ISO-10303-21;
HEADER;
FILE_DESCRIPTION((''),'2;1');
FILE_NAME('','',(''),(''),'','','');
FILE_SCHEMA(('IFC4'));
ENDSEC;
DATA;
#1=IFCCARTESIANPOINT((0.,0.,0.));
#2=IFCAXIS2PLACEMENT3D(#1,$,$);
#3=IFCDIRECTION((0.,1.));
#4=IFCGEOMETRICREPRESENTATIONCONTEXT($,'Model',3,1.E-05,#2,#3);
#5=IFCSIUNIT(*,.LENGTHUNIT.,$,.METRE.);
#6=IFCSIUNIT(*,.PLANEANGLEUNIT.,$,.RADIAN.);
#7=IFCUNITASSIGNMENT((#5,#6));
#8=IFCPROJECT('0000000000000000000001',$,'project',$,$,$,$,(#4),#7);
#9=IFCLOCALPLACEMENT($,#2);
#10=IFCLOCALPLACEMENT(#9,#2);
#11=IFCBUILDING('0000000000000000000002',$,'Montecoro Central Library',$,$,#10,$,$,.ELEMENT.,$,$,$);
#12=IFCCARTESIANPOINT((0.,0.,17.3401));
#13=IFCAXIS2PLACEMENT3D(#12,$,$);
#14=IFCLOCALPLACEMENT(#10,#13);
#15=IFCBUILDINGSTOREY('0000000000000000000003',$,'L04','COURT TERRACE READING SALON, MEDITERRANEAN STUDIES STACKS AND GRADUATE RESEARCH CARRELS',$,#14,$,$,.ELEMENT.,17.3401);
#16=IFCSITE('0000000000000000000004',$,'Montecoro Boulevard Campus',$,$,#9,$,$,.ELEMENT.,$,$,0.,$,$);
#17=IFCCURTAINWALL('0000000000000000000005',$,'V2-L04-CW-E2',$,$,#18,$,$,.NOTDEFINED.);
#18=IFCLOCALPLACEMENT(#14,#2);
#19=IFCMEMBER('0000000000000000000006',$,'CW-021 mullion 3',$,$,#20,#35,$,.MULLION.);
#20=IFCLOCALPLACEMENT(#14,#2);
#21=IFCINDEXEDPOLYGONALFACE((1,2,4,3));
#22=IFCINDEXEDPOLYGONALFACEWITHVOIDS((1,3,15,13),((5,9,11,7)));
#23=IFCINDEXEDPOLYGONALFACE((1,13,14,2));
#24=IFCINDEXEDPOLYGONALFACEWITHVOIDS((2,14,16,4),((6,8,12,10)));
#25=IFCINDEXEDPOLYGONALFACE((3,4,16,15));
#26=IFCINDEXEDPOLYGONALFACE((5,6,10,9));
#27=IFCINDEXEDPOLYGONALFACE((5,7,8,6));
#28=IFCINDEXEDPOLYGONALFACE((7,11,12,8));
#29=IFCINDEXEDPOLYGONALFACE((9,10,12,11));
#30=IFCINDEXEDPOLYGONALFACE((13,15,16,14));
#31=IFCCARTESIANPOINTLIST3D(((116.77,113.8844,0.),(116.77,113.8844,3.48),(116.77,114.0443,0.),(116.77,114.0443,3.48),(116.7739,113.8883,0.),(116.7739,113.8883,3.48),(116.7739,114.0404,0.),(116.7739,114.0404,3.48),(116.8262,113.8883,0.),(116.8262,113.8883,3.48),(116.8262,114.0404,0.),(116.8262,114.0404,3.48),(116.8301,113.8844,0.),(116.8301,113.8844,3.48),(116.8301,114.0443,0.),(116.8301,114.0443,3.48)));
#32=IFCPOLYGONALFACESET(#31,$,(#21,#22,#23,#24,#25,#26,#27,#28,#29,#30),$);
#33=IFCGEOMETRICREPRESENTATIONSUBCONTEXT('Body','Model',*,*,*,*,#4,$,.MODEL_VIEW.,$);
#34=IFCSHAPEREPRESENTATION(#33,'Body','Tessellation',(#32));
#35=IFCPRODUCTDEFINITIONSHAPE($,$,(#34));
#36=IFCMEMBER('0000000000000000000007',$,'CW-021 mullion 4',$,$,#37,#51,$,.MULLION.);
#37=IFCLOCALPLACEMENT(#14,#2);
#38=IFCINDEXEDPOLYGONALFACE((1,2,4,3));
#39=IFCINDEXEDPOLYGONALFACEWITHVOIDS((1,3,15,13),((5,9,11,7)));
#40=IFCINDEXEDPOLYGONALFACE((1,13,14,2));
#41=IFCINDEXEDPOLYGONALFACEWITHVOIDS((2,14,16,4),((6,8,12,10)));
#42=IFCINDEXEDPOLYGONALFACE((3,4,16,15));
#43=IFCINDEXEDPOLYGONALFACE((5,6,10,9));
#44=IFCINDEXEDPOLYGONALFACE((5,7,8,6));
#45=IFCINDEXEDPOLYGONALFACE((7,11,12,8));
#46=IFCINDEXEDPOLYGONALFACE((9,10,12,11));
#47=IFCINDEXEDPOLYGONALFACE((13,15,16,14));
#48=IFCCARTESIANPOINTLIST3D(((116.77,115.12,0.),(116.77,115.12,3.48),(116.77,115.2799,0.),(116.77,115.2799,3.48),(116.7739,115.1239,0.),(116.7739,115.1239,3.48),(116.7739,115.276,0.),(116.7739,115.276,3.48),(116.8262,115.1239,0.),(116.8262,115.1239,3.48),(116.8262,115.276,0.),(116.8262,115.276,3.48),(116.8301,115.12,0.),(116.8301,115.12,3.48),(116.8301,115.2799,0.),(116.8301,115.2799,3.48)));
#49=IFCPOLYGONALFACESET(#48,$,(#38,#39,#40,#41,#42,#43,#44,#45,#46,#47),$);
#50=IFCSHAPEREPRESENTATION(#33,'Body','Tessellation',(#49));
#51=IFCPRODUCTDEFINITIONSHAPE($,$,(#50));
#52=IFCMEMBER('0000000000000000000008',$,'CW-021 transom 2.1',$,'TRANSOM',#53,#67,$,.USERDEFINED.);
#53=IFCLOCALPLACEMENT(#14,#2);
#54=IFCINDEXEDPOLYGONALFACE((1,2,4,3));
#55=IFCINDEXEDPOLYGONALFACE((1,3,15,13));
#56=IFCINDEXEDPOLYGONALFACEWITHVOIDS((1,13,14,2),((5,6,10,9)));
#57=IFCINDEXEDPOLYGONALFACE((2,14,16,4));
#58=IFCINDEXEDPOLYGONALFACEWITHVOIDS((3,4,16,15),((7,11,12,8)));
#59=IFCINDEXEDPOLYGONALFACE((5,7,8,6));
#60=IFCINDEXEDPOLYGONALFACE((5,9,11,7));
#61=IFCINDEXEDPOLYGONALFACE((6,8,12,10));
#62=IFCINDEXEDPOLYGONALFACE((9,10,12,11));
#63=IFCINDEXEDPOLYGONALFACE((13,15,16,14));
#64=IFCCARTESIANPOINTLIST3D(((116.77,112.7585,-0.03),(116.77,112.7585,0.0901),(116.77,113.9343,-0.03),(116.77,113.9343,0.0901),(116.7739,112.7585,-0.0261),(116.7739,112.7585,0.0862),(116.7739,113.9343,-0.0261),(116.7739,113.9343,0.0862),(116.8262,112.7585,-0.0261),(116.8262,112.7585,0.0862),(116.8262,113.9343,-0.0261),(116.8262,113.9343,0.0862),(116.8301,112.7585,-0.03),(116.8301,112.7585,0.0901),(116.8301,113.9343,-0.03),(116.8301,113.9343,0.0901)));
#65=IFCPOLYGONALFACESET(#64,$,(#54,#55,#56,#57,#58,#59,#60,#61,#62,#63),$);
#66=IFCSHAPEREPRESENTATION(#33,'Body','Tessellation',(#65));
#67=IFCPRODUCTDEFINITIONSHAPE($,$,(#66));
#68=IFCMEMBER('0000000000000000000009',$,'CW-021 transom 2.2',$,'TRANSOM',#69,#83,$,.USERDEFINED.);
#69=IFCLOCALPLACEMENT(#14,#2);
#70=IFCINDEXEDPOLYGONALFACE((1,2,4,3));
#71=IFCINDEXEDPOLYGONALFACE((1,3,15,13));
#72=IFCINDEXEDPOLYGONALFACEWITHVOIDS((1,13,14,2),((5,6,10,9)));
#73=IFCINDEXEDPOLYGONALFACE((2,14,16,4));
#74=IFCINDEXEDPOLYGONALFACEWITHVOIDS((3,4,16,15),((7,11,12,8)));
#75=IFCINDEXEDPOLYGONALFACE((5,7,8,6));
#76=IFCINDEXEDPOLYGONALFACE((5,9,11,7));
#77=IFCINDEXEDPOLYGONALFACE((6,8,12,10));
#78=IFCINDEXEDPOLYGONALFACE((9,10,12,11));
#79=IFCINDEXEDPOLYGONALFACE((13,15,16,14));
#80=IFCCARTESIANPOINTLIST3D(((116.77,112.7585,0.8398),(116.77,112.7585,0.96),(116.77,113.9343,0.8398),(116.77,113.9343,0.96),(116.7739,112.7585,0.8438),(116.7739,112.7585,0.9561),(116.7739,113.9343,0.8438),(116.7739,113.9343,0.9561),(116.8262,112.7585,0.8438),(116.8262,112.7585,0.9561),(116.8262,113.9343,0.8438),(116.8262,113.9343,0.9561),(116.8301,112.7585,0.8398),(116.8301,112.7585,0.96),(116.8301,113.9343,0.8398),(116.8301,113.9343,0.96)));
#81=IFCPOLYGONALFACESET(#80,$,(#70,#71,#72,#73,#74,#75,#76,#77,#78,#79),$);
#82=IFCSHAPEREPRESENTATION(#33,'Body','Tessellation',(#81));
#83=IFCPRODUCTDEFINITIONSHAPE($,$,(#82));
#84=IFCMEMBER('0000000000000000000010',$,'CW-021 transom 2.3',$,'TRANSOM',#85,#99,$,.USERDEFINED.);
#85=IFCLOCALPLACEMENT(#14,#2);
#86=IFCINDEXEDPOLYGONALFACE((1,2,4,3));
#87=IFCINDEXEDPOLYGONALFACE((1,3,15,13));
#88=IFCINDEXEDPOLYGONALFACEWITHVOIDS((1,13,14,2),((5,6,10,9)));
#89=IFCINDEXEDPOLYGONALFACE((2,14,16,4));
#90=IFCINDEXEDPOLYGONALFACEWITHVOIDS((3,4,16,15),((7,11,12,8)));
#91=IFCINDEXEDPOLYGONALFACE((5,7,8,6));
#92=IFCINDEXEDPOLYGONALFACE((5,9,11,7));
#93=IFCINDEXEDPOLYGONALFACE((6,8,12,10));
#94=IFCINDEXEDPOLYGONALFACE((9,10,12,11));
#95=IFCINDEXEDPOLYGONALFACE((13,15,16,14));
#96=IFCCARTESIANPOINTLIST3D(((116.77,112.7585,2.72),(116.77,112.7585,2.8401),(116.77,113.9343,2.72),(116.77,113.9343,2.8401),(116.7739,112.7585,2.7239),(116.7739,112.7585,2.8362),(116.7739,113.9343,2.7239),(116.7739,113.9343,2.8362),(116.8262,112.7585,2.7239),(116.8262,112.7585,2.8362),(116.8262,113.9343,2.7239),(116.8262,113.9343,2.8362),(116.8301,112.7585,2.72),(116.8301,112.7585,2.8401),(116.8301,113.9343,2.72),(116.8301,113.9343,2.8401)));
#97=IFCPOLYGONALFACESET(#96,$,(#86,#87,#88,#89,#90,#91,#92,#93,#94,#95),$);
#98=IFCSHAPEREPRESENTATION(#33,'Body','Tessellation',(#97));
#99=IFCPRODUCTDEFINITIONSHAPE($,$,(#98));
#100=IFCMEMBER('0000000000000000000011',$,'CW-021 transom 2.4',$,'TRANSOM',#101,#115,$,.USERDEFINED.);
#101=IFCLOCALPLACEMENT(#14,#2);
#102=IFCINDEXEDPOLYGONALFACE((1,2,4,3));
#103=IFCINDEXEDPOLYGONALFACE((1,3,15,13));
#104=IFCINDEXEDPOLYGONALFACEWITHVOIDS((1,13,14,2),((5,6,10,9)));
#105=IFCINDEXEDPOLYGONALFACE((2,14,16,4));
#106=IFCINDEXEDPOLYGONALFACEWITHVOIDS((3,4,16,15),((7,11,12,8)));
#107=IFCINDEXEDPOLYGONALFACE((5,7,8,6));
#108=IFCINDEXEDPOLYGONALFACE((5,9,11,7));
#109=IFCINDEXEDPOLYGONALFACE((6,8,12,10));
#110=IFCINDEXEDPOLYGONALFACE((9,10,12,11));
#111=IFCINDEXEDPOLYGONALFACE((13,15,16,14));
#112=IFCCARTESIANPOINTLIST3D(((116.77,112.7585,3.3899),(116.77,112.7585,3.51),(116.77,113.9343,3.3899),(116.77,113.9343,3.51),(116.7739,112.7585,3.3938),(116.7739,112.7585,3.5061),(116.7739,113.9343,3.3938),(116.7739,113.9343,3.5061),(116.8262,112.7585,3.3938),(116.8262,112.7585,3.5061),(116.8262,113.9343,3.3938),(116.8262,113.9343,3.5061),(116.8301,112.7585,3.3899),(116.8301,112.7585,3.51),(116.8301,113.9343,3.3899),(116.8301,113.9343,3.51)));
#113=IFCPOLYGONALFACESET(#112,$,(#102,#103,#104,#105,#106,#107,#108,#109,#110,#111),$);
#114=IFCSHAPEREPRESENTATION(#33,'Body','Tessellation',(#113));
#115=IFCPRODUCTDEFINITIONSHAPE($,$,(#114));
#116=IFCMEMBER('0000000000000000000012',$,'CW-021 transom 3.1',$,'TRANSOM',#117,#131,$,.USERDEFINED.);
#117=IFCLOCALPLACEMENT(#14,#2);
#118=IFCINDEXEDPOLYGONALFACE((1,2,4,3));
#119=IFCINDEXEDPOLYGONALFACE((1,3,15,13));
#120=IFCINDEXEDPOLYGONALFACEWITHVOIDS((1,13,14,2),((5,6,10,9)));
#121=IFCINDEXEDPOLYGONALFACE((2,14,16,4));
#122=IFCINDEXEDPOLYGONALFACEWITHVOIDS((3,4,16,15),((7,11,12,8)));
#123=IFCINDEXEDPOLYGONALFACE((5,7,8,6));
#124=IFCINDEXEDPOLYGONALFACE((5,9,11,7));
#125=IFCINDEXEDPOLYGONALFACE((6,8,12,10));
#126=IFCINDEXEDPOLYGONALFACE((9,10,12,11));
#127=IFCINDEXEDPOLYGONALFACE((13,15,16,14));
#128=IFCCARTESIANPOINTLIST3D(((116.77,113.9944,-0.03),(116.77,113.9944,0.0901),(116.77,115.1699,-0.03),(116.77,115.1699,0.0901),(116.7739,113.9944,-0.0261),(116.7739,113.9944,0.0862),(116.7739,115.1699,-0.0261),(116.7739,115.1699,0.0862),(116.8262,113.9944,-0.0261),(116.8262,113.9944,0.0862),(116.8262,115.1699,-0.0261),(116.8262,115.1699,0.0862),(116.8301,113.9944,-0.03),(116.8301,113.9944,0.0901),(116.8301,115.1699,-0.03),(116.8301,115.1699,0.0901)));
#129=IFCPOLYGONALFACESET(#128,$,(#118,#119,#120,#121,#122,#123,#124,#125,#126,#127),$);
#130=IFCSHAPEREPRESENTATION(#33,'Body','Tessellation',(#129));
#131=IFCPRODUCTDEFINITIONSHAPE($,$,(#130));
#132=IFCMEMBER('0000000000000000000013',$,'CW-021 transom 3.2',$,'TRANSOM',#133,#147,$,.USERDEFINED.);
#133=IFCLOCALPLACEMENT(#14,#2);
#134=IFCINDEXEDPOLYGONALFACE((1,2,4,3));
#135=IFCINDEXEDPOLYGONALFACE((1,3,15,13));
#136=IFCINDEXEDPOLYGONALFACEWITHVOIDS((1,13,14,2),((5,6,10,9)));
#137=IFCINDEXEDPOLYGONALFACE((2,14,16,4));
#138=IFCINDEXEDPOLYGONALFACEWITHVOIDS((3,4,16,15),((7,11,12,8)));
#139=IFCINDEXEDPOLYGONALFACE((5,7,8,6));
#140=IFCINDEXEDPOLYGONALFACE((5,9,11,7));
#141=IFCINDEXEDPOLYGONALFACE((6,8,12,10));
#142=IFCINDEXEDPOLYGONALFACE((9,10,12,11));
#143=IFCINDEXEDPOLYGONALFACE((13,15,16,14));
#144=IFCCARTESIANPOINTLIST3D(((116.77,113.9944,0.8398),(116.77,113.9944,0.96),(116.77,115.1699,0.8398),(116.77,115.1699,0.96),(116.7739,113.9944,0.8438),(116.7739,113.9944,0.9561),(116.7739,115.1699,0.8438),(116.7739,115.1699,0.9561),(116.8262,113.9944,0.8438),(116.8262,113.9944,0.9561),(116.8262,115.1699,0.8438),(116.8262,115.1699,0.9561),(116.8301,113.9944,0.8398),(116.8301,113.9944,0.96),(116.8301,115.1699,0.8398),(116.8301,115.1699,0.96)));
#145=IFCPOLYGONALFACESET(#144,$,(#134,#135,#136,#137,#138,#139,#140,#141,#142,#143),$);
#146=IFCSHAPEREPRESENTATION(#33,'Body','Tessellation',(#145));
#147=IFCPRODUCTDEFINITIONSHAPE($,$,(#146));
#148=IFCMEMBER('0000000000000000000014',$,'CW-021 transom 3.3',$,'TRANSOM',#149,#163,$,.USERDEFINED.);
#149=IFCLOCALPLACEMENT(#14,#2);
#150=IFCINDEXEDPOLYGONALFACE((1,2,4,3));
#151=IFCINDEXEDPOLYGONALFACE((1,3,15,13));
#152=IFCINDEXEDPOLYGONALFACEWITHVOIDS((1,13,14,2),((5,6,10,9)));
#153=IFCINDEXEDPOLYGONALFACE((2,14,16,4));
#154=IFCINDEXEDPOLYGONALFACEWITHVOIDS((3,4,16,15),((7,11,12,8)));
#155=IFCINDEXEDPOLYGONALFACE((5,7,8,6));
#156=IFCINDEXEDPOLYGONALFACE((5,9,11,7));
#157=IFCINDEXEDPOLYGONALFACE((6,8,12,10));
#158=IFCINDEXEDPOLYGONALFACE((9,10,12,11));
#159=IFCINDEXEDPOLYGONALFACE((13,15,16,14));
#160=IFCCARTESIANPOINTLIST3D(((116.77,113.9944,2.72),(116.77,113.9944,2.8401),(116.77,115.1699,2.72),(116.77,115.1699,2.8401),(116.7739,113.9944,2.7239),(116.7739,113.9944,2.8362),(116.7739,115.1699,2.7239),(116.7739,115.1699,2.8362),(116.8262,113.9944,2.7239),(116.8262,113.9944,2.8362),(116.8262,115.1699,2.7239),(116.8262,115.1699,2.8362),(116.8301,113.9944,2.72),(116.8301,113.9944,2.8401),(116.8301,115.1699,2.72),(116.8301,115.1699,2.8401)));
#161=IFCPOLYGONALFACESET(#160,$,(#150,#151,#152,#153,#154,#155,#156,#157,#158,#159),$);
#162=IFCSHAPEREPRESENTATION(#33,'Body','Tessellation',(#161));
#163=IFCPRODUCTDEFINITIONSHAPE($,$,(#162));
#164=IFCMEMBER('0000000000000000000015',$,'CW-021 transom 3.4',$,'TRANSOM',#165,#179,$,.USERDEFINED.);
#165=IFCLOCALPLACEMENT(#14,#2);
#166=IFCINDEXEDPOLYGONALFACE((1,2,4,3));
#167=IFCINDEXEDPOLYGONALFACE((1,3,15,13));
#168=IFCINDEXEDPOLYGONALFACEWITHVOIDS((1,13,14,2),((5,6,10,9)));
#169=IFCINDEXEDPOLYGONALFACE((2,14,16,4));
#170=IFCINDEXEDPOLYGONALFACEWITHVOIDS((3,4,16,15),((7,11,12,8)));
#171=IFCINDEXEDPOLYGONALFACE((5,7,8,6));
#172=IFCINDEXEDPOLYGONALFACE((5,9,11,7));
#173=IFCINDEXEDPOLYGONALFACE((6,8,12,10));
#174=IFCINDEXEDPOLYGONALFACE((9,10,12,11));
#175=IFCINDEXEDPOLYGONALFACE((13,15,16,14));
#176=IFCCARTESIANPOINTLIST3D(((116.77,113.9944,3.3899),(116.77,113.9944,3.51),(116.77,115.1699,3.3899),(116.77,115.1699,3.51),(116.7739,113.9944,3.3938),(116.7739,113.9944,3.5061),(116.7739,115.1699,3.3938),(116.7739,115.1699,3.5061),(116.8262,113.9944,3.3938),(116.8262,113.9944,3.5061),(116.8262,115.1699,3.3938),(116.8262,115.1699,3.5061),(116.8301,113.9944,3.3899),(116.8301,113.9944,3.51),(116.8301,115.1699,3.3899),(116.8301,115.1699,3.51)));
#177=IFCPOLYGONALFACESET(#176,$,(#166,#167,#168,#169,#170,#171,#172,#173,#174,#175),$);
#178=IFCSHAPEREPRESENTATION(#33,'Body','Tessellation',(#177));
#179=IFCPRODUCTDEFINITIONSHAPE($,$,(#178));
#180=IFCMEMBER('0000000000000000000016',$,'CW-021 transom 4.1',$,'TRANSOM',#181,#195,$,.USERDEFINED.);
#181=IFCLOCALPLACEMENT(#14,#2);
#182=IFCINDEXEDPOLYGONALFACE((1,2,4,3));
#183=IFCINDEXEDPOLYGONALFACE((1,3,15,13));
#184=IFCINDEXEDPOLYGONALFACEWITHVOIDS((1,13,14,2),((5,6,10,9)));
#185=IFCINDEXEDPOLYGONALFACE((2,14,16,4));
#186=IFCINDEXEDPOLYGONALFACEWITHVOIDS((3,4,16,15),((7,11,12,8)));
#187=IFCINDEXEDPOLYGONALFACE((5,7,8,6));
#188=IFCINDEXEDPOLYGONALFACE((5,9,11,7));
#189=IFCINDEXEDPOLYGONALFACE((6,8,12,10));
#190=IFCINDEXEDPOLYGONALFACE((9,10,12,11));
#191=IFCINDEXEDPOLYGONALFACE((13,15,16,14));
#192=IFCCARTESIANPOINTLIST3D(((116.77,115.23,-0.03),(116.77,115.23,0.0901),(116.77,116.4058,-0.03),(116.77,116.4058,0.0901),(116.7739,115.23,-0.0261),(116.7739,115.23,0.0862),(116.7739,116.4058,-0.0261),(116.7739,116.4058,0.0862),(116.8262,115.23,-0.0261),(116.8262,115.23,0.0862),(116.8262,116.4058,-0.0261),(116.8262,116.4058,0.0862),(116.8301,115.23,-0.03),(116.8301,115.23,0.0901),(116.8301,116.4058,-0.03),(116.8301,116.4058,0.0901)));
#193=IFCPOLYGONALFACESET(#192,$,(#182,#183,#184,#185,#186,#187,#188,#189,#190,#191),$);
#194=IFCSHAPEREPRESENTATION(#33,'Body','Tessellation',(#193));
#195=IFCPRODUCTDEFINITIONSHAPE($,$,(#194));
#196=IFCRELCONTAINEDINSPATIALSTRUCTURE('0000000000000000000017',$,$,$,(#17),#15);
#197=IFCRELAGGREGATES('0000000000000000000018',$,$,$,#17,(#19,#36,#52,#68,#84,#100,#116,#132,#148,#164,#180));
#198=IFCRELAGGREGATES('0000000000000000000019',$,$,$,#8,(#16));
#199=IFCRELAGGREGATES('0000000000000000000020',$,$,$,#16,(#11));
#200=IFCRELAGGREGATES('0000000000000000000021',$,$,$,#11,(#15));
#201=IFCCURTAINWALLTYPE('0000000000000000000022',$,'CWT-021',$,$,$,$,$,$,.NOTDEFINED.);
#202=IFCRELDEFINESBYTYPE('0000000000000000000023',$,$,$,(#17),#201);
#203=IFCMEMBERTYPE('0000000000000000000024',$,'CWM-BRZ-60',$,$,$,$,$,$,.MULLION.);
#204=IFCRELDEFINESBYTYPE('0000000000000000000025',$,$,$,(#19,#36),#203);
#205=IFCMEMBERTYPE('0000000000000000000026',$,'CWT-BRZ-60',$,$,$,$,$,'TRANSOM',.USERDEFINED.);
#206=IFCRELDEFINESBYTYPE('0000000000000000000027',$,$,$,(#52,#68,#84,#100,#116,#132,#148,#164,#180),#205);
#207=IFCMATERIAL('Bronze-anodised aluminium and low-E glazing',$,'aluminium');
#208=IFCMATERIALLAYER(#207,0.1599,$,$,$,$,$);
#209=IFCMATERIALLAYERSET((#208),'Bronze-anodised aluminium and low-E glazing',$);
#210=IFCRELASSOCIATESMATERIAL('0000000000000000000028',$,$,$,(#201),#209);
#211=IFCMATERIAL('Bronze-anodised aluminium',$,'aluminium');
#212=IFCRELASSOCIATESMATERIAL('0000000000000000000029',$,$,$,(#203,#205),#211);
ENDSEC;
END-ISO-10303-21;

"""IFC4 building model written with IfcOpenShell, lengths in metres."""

from ifc_helpers import new_model, si_unit, direction, frame, origin, origin_2d, place, context, subcontext, project, spatial, hollow_rectangle, extrude, material, layer, layer_set, material_profile, profile_set, type_object, element, aggregate, save


model = new_model("IFC4")

# Units and contexts
model_context = context("Model", 3, precision=1e-05, world=origin(), true_north=direction((0.0, 1.0)))
body_context = subcontext(model_context, "Body", "Model", "MODEL_VIEW")
ifc_project = project(units=[si_unit("LENGTHUNIT", "METRE"), si_unit("PLANEANGLEUNIT", "RADIAN")], contexts=[model_context])

# Site, building, storey
site_placement = place(None, origin())
site = spatial("IfcSite", under=ifc_project, at=site_placement, Name="Montecoro Boulevard Campus", CompositionType="ELEMENT", RefElevation=0.0)
building_placement = place(site_placement, origin())
building = spatial("IfcBuilding", under=site, at=building_placement, Name="Montecoro Central Library", CompositionType="ELEMENT")
storey_placement = place(building_placement, frame((0.0, 0.0, 17.3401)))
storey = spatial("IfcBuildingStorey", under=building, at=storey_placement, Name="L04", Description="COURT TERRACE READING SALON, MEDITERRANEAN STUDIES STACKS AND GRADUATE RESEARCH CARRELS", CompositionType="ELEMENT", Elevation=17.3401)

# Curtain wall, members
ifc_material_1 = material(Name="Bronze-anodised aluminium and low-E glazing", Category="aluminium")
ifc_layer_1 = layer(ifc_material_1, 0.1599)
ifc_layer_set_1 = layer_set([ifc_layer_1], Name="Bronze-anodised aluminium and low-E glazing")
curtain_wall_type = type_object("IfcCurtainWallType", Name="CWT-021", PredefinedType="NOTDEFINED", material=ifc_layer_set_1)
curtain_wall_placement = place(storey_placement, origin())
curtain_wall = element("IfcCurtainWall", 1, at=curtain_wall_placement, inside=storey, type_object=curtain_wall_type, Name="V2-L04-CW-E2", PredefinedType="NOTDEFINED")
ifc_material_2 = material(Name="Bronze-anodised aluminium", Category="aluminium")
ifc_material_profile_1 = material_profile(ifc_material_2, hollow_rectangle(XDim=0.0601, YDim=0.1599, WallThickness=0.0039, at=origin_2d()), Name="CWM 160x60x4.0")
ifc_profile_set_1 = profile_set([ifc_material_profile_1], Name="Bronze-anodised aluminium")
member_type_1 = type_object("IfcMemberType", Name="CWM-BRZ-60", PredefinedType="MULLION", material=ifc_profile_set_1)
member_1_placement = place(storey_placement, frame((116.8, 113.9644, 0.0), z_axis=(0.0, 0.0, 1.0), x_axis=(-1.0, 0.0, 0.0)))
member_1 = element("IfcMember", 2, at=member_1_placement, type_object=member_type_1, Name="CW-021 mullion 3", PredefinedType="MULLION", context=body_context, shape_type="SweptSolid", body=[
    extrude(hollow_rectangle(XDim=0.0601, YDim=0.1599, WallThickness=0.0039, at=origin_2d()), origin(), (0.0, 0.0, 1.0), 3.48),
])
member_2_placement = place(storey_placement, frame((116.8, 115.2, 0.0), z_axis=(0.0, 0.0, 1.0), x_axis=(-1.0, 0.0, 0.0)))
member_2 = element("IfcMember", 3, at=member_2_placement, type_object=member_type_1, Name="CW-021 mullion 4", PredefinedType="MULLION", context=body_context, shape_type="SweptSolid", body=[
    extrude(hollow_rectangle(XDim=0.0601, YDim=0.1599, WallThickness=0.0039, at=origin_2d()), origin(), (0.0, 0.0, 1.0), 3.48),
])
ifc_material_profile_2 = material_profile(ifc_material_2, hollow_rectangle(XDim=0.0601, YDim=0.1201, WallThickness=0.0039, at=origin_2d()), Name="CWT 120x60x4.0")
ifc_profile_set_2 = profile_set([ifc_material_profile_2], Name="Bronze-anodised aluminium")
member_type_2 = type_object("IfcMemberType", Name="CWT-BRZ-60", ElementType="TRANSOM", PredefinedType="USERDEFINED", material=ifc_profile_set_2)
member_3_placement = place(storey_placement, frame((116.8, 112.7585, 0.03), z_axis=(0.0, 1.0, 0.0), x_axis=(-1.0, 0.0, 0.0)))
member_3 = element("IfcMember", 4, at=member_3_placement, type_object=member_type_2, Name="CW-021 transom 2.1", ObjectType="TRANSOM", PredefinedType="USERDEFINED", context=body_context, shape_type="SweptSolid", body=[
    extrude(hollow_rectangle(XDim=0.0601, YDim=0.1201, WallThickness=0.0039, at=origin_2d()), origin(), (0.0, 0.0, 1.0), 1.1758),
])
member_4_placement = place(storey_placement, frame((116.8, 112.7585, 0.8999), z_axis=(0.0, 1.0, 0.0), x_axis=(-1.0, 0.0, 0.0)))
member_4 = element("IfcMember", 5, at=member_4_placement, type_object=member_type_2, Name="CW-021 transom 2.2", ObjectType="TRANSOM", PredefinedType="USERDEFINED", context=body_context, shape_type="SweptSolid", body=[
    extrude(hollow_rectangle(XDim=0.0601, YDim=0.1201, WallThickness=0.0039, at=origin_2d()), origin(), (0.0, 0.0, 1.0), 1.1758),
])
member_5_placement = place(storey_placement, frame((116.8, 112.7585, 2.78), z_axis=(0.0, 1.0, 0.0), x_axis=(-1.0, 0.0, 0.0)))
member_5 = element("IfcMember", 6, at=member_5_placement, type_object=member_type_2, Name="CW-021 transom 2.3", ObjectType="TRANSOM", PredefinedType="USERDEFINED", context=body_context, shape_type="SweptSolid", body=[
    extrude(hollow_rectangle(XDim=0.0601, YDim=0.1201, WallThickness=0.0039, at=origin_2d()), origin(), (0.0, 0.0, 1.0), 1.1758),
])
member_6_placement = place(storey_placement, frame((116.8, 112.7585, 3.45), z_axis=(0.0, 1.0, 0.0), x_axis=(-1.0, 0.0, 0.0)))
member_6 = element("IfcMember", 7, at=member_6_placement, type_object=member_type_2, Name="CW-021 transom 2.4", ObjectType="TRANSOM", PredefinedType="USERDEFINED", context=body_context, shape_type="SweptSolid", body=[
    extrude(hollow_rectangle(XDim=0.0601, YDim=0.1201, WallThickness=0.0039, at=origin_2d()), origin(), (0.0, 0.0, 1.0), 1.1758),
])
member_7_placement = place(storey_placement, frame((116.8, 113.9944, 0.03), z_axis=(0.0, 1.0, 0.0), x_axis=(-1.0, 0.0, 0.0)))
member_7 = element("IfcMember", 8, at=member_7_placement, type_object=member_type_2, Name="CW-021 transom 3.1", ObjectType="TRANSOM", PredefinedType="USERDEFINED", context=body_context, shape_type="SweptSolid", body=[
    extrude(hollow_rectangle(XDim=0.0601, YDim=0.1201, WallThickness=0.0039, at=origin_2d()), origin(), (0.0, 0.0, 1.0), 1.1755),
])
member_8_placement = place(storey_placement, frame((116.8, 113.9944, 0.8999), z_axis=(0.0, 1.0, 0.0), x_axis=(-1.0, 0.0, 0.0)))
member_8 = element("IfcMember", 9, at=member_8_placement, type_object=member_type_2, Name="CW-021 transom 3.2", ObjectType="TRANSOM", PredefinedType="USERDEFINED", context=body_context, shape_type="SweptSolid", body=[
    extrude(hollow_rectangle(XDim=0.0601, YDim=0.1201, WallThickness=0.0039, at=origin_2d()), origin(), (0.0, 0.0, 1.0), 1.1755),
])
member_9_placement = place(storey_placement, frame((116.8, 113.9944, 2.78), z_axis=(0.0, 1.0, 0.0), x_axis=(-1.0, 0.0, 0.0)))
member_9 = element("IfcMember", 10, at=member_9_placement, type_object=member_type_2, Name="CW-021 transom 3.3", ObjectType="TRANSOM", PredefinedType="USERDEFINED", context=body_context, shape_type="SweptSolid", body=[
    extrude(hollow_rectangle(XDim=0.0601, YDim=0.1201, WallThickness=0.0039, at=origin_2d()), origin(), (0.0, 0.0, 1.0), 1.1755),
])
member_10_placement = place(storey_placement, frame((116.8, 113.9944, 3.45), z_axis=(0.0, 1.0, 0.0), x_axis=(-1.0, 0.0, 0.0)))
member_10 = element("IfcMember", 11, at=member_10_placement, type_object=member_type_2, Name="CW-021 transom 3.4", ObjectType="TRANSOM", PredefinedType="USERDEFINED", context=body_context, shape_type="SweptSolid", body=[
    extrude(hollow_rectangle(XDim=0.0601, YDim=0.1201, WallThickness=0.0039, at=origin_2d()), origin(), (0.0, 0.0, 1.0), 1.1755),
])
member_11_placement = place(storey_placement, frame((116.8, 115.23, 0.03), z_axis=(0.0, 1.0, 0.0), x_axis=(-1.0, 0.0, 0.0)))
member_11 = element("IfcMember", 12, at=member_11_placement, type_object=member_type_2, Name="CW-021 transom 4.1", ObjectType="TRANSOM", PredefinedType="USERDEFINED", context=body_context, shape_type="SweptSolid", body=[
    extrude(hollow_rectangle(XDim=0.0601, YDim=0.1201, WallThickness=0.0039, at=origin_2d()), origin(), (0.0, 0.0, 1.0), 1.1758),
])
aggregate(curtain_wall, [member_1, member_2, member_3, member_4, member_5, member_6, member_7, member_8, member_9, member_10, member_11])

save(model, "model.ifc")
